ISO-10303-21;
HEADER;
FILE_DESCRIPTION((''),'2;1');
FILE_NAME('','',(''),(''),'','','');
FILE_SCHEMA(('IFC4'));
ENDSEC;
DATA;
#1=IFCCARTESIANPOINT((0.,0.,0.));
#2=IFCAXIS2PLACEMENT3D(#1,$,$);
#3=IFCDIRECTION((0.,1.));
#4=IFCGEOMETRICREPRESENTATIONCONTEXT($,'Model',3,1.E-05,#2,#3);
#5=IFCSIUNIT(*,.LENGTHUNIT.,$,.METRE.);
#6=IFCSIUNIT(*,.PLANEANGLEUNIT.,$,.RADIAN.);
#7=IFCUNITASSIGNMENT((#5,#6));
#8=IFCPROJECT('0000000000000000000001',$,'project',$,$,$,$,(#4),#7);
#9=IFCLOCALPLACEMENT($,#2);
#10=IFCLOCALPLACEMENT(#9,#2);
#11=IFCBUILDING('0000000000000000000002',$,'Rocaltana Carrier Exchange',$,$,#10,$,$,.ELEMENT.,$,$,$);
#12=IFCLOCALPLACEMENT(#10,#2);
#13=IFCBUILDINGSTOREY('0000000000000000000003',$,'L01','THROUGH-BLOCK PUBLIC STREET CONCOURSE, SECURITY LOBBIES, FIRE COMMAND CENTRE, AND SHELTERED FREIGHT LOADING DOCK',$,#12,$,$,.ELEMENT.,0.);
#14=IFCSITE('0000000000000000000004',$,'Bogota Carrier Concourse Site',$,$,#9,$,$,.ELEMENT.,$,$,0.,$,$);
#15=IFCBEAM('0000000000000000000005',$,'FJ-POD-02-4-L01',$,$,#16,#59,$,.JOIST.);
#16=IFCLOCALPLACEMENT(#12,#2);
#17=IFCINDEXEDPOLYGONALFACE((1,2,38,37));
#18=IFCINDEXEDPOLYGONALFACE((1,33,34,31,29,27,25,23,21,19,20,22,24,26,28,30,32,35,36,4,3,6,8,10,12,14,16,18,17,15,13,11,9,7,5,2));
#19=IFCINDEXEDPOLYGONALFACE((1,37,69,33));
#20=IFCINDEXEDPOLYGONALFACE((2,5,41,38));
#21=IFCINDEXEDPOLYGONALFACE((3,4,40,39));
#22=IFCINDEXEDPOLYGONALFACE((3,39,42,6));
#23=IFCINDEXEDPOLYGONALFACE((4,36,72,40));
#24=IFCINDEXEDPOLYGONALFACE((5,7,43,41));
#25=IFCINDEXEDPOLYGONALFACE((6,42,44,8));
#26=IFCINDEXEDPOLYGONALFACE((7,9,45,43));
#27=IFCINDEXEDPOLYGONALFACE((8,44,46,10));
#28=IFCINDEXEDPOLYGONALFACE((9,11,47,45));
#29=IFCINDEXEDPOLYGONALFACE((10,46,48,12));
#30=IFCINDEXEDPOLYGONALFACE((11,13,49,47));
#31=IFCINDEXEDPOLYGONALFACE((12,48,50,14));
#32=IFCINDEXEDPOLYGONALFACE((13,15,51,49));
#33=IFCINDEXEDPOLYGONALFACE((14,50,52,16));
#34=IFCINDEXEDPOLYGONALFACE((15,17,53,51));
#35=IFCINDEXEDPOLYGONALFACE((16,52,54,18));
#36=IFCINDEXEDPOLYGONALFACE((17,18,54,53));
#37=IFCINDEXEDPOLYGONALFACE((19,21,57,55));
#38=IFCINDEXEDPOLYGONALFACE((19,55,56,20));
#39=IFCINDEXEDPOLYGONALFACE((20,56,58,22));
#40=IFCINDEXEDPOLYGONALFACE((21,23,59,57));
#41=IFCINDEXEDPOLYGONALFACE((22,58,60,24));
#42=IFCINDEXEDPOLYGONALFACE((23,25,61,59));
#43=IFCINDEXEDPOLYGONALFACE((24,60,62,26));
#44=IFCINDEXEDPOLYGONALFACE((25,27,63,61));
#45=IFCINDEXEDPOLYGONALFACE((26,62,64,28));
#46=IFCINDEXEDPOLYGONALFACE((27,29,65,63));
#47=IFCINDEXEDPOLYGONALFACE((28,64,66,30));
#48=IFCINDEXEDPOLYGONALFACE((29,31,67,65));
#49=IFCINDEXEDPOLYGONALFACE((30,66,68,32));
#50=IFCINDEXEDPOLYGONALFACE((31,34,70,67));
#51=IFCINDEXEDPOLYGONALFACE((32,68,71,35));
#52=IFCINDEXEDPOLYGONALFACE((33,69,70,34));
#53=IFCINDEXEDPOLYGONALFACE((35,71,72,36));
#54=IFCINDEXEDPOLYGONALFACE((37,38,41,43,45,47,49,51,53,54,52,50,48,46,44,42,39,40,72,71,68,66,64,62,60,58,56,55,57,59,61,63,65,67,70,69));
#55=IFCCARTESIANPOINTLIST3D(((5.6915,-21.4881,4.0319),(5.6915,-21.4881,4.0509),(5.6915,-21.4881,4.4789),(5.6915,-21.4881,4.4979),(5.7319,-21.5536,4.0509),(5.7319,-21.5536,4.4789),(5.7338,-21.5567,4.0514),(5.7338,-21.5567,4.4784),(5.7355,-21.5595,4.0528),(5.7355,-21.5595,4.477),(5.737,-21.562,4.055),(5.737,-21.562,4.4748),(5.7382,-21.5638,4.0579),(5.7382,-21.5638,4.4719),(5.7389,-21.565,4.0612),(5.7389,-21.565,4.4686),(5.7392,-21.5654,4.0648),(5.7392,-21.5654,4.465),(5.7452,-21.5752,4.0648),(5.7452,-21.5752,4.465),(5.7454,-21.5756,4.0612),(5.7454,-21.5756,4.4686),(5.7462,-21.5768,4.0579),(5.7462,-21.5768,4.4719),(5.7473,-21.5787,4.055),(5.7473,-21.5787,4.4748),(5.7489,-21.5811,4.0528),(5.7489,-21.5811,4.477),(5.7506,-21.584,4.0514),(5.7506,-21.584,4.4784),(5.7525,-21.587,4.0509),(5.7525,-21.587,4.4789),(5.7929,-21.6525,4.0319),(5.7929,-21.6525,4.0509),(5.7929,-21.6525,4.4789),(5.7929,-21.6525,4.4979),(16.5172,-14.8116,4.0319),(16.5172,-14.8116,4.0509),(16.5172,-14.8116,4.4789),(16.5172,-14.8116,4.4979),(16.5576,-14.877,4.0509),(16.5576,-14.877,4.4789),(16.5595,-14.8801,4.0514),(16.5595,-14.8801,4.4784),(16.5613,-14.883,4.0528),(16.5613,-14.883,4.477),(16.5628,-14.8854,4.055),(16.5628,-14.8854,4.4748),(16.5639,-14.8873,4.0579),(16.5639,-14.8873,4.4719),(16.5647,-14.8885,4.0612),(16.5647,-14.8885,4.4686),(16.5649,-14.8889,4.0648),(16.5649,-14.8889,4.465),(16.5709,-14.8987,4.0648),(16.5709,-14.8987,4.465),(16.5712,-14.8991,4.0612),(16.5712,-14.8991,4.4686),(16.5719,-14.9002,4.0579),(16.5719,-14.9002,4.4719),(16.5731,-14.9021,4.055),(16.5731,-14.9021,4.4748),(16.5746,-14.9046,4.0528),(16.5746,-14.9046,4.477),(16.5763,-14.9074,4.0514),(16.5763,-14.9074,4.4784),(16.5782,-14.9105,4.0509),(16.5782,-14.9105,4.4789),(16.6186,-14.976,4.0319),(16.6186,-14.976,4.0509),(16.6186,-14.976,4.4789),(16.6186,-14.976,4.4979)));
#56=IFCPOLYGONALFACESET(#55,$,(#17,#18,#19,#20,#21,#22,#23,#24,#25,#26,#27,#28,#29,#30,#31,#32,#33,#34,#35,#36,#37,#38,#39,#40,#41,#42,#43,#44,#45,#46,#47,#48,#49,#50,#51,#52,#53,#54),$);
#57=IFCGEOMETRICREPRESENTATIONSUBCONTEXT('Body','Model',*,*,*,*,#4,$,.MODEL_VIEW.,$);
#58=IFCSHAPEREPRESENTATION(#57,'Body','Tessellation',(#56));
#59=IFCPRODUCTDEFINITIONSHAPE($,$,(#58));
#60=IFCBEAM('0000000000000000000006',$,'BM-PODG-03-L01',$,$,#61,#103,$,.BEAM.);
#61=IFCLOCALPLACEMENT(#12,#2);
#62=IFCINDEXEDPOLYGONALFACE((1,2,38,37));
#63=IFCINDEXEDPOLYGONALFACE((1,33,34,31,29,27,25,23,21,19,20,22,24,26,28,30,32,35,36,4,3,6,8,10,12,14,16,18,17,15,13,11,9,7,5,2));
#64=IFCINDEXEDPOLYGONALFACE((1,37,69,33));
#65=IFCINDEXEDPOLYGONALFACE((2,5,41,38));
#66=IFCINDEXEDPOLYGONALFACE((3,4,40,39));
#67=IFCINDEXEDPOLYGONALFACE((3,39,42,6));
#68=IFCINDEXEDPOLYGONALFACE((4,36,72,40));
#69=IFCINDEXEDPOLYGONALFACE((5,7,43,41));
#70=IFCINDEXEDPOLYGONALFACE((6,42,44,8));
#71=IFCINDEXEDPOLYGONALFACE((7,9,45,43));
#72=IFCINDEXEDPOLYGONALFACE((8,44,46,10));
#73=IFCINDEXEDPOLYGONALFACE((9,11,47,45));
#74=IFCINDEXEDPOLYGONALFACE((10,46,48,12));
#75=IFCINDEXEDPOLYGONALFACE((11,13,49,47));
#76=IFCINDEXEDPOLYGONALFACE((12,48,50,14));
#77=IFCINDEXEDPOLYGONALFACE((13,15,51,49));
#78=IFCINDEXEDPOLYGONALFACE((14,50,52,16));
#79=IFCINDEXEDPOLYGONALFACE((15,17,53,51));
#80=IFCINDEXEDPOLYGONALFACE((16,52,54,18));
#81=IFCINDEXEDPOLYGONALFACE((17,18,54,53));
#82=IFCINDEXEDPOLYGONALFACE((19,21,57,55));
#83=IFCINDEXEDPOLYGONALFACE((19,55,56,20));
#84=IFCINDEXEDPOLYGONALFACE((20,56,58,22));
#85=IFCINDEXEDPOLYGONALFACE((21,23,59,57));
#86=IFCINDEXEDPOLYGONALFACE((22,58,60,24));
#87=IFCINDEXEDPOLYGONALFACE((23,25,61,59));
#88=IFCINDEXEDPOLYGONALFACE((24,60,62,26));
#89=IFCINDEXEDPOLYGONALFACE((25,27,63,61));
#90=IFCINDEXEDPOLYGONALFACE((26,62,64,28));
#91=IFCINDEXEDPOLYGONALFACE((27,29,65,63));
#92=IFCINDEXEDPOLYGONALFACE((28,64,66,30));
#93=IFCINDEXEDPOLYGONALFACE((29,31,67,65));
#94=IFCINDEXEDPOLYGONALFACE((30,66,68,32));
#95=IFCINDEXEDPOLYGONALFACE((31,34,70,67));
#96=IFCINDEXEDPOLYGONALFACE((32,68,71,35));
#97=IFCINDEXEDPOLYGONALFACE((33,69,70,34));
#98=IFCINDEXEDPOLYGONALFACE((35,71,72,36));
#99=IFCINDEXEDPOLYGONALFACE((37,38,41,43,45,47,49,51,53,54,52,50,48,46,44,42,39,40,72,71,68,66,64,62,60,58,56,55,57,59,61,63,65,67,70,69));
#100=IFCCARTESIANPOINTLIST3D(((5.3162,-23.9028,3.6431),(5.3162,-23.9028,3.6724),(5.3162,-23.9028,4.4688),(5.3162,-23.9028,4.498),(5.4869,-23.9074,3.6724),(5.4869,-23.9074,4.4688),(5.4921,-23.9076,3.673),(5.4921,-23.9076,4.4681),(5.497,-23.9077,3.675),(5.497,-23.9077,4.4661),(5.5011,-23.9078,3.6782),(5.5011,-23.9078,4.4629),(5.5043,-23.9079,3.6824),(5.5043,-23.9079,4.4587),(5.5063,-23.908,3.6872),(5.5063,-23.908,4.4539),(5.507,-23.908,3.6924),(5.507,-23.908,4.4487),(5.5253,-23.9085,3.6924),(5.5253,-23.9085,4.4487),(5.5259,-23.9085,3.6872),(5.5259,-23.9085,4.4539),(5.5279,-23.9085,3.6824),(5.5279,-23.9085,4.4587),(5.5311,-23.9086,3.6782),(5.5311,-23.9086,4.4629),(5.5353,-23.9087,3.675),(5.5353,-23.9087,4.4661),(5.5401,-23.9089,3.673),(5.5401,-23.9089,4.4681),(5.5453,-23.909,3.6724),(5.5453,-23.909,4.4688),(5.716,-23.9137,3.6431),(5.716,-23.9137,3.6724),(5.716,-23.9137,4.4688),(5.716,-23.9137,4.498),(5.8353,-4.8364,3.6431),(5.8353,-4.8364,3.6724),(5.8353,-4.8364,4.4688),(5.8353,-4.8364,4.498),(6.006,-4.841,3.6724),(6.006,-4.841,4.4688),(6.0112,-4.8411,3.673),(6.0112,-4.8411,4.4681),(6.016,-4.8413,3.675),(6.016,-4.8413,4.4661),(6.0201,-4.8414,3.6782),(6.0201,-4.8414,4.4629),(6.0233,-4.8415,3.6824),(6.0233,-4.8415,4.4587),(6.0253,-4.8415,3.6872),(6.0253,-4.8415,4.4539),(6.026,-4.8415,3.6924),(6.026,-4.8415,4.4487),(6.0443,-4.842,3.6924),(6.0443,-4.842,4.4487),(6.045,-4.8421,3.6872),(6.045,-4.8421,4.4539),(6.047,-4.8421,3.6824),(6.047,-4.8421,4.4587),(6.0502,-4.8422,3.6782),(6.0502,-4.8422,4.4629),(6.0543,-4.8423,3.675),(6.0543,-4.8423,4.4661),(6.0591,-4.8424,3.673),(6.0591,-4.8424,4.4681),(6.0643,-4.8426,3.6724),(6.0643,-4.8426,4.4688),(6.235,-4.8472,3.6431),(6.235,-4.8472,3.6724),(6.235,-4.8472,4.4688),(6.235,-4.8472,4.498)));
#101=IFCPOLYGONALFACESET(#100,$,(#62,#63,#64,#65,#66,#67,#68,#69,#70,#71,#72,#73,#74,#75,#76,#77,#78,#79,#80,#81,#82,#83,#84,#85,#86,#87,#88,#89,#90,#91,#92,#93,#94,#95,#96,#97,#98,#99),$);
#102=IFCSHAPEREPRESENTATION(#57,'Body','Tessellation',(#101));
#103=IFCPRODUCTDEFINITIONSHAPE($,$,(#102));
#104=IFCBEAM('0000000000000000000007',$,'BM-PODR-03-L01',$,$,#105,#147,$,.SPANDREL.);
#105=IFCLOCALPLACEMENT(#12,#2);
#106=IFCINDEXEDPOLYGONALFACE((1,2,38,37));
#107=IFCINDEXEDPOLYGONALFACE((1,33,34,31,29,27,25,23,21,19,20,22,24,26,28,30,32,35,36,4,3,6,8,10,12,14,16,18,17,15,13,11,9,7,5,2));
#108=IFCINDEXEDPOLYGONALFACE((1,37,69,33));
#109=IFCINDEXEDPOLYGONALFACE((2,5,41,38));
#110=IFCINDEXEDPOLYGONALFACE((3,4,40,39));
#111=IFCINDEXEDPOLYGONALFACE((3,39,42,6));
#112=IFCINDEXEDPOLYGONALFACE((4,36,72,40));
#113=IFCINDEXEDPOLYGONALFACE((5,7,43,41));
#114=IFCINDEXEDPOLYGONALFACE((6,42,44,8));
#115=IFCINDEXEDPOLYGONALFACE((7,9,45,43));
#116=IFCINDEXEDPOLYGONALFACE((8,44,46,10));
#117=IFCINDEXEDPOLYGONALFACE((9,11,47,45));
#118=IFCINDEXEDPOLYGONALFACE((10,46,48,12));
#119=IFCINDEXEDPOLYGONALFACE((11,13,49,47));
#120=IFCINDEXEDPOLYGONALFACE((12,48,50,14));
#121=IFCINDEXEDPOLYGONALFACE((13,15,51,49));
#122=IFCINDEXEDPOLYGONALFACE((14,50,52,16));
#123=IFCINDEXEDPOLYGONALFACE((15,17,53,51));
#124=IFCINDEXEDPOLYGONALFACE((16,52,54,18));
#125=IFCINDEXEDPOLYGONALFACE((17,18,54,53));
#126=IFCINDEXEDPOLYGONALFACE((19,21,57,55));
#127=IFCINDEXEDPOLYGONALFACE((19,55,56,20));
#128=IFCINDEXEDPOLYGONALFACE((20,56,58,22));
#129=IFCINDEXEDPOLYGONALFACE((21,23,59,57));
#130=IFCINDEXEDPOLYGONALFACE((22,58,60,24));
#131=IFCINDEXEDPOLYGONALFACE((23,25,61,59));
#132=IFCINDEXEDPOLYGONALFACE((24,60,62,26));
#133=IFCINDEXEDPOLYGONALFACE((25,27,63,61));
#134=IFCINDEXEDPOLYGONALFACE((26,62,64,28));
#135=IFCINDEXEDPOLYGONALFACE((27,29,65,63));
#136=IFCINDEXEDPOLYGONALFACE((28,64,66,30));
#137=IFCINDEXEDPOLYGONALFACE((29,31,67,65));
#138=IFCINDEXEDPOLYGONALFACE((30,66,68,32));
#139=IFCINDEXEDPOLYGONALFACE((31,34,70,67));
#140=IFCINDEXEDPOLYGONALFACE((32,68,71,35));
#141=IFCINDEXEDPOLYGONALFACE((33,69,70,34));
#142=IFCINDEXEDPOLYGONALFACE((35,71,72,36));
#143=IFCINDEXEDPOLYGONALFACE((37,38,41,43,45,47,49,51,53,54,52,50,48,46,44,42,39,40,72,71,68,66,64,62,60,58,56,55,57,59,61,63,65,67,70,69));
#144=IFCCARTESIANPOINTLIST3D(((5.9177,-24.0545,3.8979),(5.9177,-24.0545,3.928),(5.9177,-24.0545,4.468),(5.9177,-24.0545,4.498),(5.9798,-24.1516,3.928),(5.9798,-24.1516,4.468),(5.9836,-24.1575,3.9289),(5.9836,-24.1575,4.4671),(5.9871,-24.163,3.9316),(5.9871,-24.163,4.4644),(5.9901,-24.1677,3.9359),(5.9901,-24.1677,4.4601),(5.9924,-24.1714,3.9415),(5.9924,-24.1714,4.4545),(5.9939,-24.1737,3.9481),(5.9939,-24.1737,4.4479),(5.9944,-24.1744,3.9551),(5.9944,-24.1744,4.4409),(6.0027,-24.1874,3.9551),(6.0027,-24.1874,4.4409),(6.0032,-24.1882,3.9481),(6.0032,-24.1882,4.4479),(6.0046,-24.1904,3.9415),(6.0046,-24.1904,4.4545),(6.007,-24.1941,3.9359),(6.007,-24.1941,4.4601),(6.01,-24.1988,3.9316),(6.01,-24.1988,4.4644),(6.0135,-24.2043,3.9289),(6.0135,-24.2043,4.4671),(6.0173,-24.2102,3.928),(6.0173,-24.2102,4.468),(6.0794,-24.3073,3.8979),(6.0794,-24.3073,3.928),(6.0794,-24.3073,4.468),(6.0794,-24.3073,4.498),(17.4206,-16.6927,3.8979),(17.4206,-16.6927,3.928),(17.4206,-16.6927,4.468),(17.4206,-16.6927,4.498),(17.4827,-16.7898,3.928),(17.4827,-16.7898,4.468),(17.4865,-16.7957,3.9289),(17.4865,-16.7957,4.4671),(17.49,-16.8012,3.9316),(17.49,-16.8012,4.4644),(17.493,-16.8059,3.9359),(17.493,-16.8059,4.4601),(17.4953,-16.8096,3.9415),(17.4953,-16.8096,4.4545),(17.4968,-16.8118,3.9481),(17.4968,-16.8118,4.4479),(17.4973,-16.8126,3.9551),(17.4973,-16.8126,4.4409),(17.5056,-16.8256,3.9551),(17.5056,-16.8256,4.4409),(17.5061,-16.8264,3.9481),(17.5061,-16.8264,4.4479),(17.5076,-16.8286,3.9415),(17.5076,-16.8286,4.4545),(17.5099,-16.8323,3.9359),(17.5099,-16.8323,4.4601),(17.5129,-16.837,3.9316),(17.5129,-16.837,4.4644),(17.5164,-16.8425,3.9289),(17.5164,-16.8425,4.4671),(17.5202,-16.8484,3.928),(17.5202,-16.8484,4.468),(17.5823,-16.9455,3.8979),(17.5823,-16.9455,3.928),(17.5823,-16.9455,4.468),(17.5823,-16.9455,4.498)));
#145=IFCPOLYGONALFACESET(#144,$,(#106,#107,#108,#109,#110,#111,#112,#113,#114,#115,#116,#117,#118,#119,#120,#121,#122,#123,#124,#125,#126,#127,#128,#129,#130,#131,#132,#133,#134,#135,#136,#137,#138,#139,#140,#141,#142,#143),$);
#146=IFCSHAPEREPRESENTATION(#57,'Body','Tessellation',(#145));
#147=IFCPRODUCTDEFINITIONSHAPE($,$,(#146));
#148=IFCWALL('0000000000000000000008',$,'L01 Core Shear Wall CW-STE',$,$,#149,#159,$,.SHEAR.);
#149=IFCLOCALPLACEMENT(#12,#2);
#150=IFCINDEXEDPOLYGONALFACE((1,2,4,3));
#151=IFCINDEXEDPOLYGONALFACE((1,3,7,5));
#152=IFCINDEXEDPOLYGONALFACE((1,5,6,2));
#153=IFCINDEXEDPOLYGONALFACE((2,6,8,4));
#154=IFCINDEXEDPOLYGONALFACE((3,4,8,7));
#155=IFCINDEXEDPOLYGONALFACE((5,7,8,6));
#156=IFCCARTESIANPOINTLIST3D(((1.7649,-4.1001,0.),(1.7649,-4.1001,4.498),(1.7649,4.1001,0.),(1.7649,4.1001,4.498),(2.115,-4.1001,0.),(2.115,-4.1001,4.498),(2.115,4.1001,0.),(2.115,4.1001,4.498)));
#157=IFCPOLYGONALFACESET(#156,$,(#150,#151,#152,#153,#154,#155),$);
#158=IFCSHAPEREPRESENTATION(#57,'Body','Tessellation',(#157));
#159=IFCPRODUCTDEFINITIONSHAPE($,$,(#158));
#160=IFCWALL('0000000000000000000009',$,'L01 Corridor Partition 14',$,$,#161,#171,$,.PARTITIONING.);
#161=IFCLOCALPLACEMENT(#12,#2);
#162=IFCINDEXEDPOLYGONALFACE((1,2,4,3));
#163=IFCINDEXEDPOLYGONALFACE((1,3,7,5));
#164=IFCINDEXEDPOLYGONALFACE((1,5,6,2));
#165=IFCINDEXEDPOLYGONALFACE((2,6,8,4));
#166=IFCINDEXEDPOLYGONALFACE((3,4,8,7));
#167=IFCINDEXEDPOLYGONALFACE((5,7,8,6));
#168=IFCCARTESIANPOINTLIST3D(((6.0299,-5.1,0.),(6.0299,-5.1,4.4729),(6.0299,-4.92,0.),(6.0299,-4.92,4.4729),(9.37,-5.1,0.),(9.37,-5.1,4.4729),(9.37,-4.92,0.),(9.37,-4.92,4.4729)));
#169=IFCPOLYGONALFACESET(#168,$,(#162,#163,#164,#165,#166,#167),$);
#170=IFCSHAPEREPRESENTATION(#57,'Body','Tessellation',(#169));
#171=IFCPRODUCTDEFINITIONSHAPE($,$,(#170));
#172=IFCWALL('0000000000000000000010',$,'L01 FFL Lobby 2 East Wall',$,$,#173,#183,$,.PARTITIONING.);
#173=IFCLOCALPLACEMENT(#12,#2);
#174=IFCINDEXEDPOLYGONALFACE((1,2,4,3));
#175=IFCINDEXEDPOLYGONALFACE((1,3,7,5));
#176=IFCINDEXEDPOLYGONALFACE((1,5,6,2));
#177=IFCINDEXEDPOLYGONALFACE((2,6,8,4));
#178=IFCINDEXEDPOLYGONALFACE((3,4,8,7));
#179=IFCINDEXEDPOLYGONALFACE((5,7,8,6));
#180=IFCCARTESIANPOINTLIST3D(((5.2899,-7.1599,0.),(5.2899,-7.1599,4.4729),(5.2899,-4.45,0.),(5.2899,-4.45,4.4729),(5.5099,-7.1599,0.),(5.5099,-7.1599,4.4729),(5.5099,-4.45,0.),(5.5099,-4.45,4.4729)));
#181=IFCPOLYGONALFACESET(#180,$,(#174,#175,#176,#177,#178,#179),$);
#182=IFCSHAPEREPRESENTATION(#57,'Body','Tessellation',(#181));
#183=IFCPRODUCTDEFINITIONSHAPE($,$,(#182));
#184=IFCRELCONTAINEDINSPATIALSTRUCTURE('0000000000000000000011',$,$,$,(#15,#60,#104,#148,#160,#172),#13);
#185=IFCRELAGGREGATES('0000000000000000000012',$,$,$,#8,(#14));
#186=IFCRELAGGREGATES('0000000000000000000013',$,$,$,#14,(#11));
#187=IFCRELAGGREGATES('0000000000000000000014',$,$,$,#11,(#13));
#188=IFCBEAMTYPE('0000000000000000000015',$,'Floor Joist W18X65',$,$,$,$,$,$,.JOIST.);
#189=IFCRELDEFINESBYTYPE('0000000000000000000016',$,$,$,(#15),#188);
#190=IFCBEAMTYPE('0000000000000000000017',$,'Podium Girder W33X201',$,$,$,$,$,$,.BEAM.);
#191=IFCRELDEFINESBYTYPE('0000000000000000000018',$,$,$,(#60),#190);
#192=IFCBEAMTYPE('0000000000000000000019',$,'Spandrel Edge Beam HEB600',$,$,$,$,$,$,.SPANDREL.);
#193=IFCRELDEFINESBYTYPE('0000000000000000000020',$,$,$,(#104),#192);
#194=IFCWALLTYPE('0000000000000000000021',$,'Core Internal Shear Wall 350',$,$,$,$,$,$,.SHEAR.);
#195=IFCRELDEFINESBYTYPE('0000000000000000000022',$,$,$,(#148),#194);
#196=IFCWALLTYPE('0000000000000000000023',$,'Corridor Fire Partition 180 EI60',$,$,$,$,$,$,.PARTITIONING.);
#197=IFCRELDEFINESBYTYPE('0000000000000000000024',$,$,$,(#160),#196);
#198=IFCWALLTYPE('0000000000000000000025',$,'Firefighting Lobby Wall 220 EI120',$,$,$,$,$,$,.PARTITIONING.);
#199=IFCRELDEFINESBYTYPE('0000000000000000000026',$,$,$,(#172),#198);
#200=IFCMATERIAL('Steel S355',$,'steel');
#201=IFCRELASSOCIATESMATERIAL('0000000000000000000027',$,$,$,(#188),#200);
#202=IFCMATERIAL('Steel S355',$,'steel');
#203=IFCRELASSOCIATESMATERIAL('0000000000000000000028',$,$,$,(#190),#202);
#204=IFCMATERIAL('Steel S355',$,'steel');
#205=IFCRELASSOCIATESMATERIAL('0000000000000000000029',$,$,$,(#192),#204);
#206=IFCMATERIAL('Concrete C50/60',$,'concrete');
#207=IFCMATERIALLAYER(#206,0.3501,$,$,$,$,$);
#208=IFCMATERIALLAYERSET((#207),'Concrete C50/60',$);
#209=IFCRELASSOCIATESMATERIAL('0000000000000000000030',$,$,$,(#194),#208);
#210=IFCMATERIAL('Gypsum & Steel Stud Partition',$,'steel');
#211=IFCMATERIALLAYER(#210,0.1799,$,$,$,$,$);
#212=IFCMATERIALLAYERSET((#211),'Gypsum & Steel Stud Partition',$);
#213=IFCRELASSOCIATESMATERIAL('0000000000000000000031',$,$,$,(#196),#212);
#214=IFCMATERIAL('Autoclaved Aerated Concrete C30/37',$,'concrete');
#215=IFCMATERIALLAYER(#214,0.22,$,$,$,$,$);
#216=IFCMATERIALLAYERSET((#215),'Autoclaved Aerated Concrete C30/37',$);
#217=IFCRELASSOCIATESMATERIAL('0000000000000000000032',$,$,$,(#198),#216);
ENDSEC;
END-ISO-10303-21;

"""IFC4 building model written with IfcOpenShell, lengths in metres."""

from ifc_helpers import new_model, si_unit, direction, frame, frame_2d, origin, origin_2d, place, context, subcontext, project, spatial, rectangle, i_section, extrude, material, layer, layer_set, material_profile, profile_set, type_object, element, save


model = new_model("IFC4")

# Units and contexts
model_context = context("Model", 3, precision=1e-05, world=origin(), true_north=direction((0.0, 1.0)))
body_context = subcontext(model_context, "Body", "Model", "MODEL_VIEW")
ifc_project = project(units=[si_unit("LENGTHUNIT", "METRE"), si_unit("PLANEANGLEUNIT", "RADIAN")], contexts=[model_context])

# Site, building, storey
site_placement = place(None, origin())
site = spatial("IfcSite", under=ifc_project, at=site_placement, Name="Bogota Carrier Concourse Site", CompositionType="ELEMENT", RefElevation=0.0)
building_placement = place(site_placement, origin())
building = spatial("IfcBuilding", under=site, at=building_placement, Name="Rocaltana Carrier Exchange", CompositionType="ELEMENT")
storey_placement = place(building_placement, origin())
storey = spatial("IfcBuildingStorey", under=building, at=storey_placement, Name="L01", Description="THROUGH-BLOCK PUBLIC STREET CONCOURSE, SECURITY LOBBIES, FIRE COMMAND CENTRE, AND SHELTERED FREIGHT LOADING DOCK", CompositionType="ELEMENT", Elevation=0.0)

# Beams
ifc_material_1 = material(Name="Steel S355", Category="steel")
ifc_material_profile_1 = material_profile(ifc_material_1, i_section(OverallWidth=0.1931, OverallDepth=0.4661, WebThickness=0.0115, FlangeThickness=0.019, FilletRadius=0.0139, at=origin_2d()), Name="W18X65")
ifc_profile_set_1 = profile_set([ifc_material_profile_1], Name="Steel S355")
beam_type_1 = type_object("IfcBeamType", Name="Floor Joist W18X65", PredefinedType="JOIST", material=ifc_profile_set_1)
beam_1_placement = place(storey_placement, frame((5.7422, -21.5703, 4.2649), z_axis=(0.851147, 0.524927, 0.0), x_axis=(-0.524927, 0.851147, 0.0)))
element("IfcBeam", 1, at=beam_1_placement, inside=storey, type_object=beam_type_1, Name="FJ-POD-02-4-L01", PredefinedType="JOIST", context=body_context, shape_type="SweptSolid", body=[
    extrude(i_section(OverallWidth=0.1931, OverallDepth=0.4661, WebThickness=0.0115, FlangeThickness=0.019, FilletRadius=0.0139, at=origin_2d()), origin(), (0.0, 0.0, 1.0), 12.719),
])
ifc_material_2 = material(Name="Steel S355", Category="steel")
ifc_material_profile_2 = material_profile(ifc_material_2, i_section(OverallWidth=0.3999, OverallDepth=0.855, WebThickness=0.0183, FlangeThickness=0.0293, FilletRadius=0.02, at=origin_2d()), Name="W33X201")
ifc_profile_set_2 = profile_set([ifc_material_profile_2], Name="Steel S355")
beam_type_2 = type_object("IfcBeamType", Name="Podium Girder W33X201", PredefinedType="BEAM", material=ifc_profile_set_2)
beam_2_placement = place(storey_placement, frame((6.0352, -4.8418, 4.0706), z_axis=(-0.027213, -0.99963, 0.0), x_axis=(0.99963, -0.027213, 0.0)))
element("IfcBeam", 2, at=beam_2_placement, inside=storey, type_object=beam_type_2, Name="BM-PODG-03-L01", PredefinedType="BEAM", context=body_context, shape_type="SweptSolid", body=[
    extrude(i_section(OverallWidth=0.3999, OverallDepth=0.855, WebThickness=0.0183, FlangeThickness=0.0293, FilletRadius=0.02, at=origin_2d()), origin(), (0.0, 0.0, 1.0), 19.0735),
])
ifc_material_3 = material(Name="Steel S355", Category="steel")
ifc_material_profile_3 = material_profile(ifc_material_3, i_section(OverallWidth=0.3, OverallDepth=0.6001, WebThickness=0.0154, FlangeThickness=0.03, FilletRadius=0.0271, at=origin_2d()), Name="HEB600")
ifc_profile_set_3 = profile_set([ifc_material_profile_3], Name="Steel S355")
beam_type_3 = type_object("IfcBeamType", Name="Spandrel Edge Beam HEB600", PredefinedType="SPANDREL", material=ifc_profile_set_3)
beam_3_placement = place(storey_placement, frame((5.9985, -24.1809, 4.198), z_axis=(0.842273, 0.539051, 0.0), x_axis=(-0.539051, 0.842273, 0.0)))
element("IfcBeam", 3, at=beam_3_placement, inside=storey, type_object=beam_type_3, Name="BM-PODR-03-L01", PredefinedType="SPANDREL", context=body_context, shape_type="SweptSolid", body=[
    extrude(i_section(OverallWidth=0.3, OverallDepth=0.6001, WebThickness=0.0154, FlangeThickness=0.03, FilletRadius=0.0271, at=origin_2d()), origin(), (0.0, 0.0, 1.0), 13.657),
])

# Walls
ifc_material_4 = material(Name="Concrete C50/60", Category="concrete")
ifc_layer_1 = layer(ifc_material_4, 0.3501)
ifc_layer_set_1 = layer_set([ifc_layer_1], Name="Concrete C50/60")
wall_type_1 = type_object("IfcWallType", Name="Core Internal Shear Wall 350", PredefinedType="SHEAR", material=ifc_layer_set_1)
wall_1_placement = place(storey_placement, frame((1.9399, -4.1001, 0.0), z_axis=(0.0, 0.0, 1.0), x_axis=(0.0, 1.0, 0.0)))
element("IfcWall", 4, at=wall_1_placement, inside=storey, type_object=wall_type_1, Name="L01 Core Shear Wall CW-STE", PredefinedType="SHEAR", context=body_context, shape_type="SweptSolid", body=[
    extrude(rectangle(XDim=8.2002, YDim=0.3501, at=frame_2d((4.1001, 0.0))), origin(), (0.0, 0.0, 1.0), 4.498),
])
ifc_material_5 = material(Name="Gypsum & Steel Stud Partition", Category="steel")
ifc_layer_2 = layer(ifc_material_5, 0.1799)
ifc_layer_set_2 = layer_set([ifc_layer_2], Name="Gypsum & Steel Stud Partition")
wall_type_2 = type_object("IfcWallType", Name="Corridor Fire Partition 180 EI60", PredefinedType="PARTITIONING", material=ifc_layer_set_2)
wall_2_placement = place(storey_placement, frame((6.03, -5.01, 0.0), z_axis=(0.0, 0.0, 1.0), x_axis=(1.0, 0.0, 0.0)))
element("IfcWall", 5, at=wall_2_placement, inside=storey, type_object=wall_type_2, Name="L01 Corridor Partition 14", PredefinedType="PARTITIONING", context=body_context, shape_type="SweptSolid", body=[
    extrude(rectangle(XDim=3.3401, YDim=0.1799, at=frame_2d((1.6699, 0.0))), origin(), (0.0, 0.0, 1.0), 4.4729),
])
ifc_material_6 = material(Name="Autoclaved Aerated Concrete C30/37", Category="concrete")
ifc_layer_3 = layer(ifc_material_6, 0.22)
ifc_layer_set_3 = layer_set([ifc_layer_3], Name="Autoclaved Aerated Concrete C30/37")
wall_type_3 = type_object("IfcWallType", Name="Firefighting Lobby Wall 220 EI120", PredefinedType="PARTITIONING", material=ifc_layer_set_3)
wall_3_placement = place(storey_placement, frame((5.3999, -7.1599, 0.0), z_axis=(0.0, 0.0, 1.0), x_axis=(0.0, 1.0, 0.0)))
element("IfcWall", 6, at=wall_3_placement, inside=storey, type_object=wall_type_3, Name="L01 FFL Lobby 2 East Wall", PredefinedType="PARTITIONING", context=body_context, shape_type="SweptSolid", body=[
    extrude(rectangle(XDim=2.71, YDim=0.22, at=frame_2d((1.355, 0.0))), origin(), (0.0, 0.0, 1.0), 4.4729),
])

save(model, "model.ifc")
